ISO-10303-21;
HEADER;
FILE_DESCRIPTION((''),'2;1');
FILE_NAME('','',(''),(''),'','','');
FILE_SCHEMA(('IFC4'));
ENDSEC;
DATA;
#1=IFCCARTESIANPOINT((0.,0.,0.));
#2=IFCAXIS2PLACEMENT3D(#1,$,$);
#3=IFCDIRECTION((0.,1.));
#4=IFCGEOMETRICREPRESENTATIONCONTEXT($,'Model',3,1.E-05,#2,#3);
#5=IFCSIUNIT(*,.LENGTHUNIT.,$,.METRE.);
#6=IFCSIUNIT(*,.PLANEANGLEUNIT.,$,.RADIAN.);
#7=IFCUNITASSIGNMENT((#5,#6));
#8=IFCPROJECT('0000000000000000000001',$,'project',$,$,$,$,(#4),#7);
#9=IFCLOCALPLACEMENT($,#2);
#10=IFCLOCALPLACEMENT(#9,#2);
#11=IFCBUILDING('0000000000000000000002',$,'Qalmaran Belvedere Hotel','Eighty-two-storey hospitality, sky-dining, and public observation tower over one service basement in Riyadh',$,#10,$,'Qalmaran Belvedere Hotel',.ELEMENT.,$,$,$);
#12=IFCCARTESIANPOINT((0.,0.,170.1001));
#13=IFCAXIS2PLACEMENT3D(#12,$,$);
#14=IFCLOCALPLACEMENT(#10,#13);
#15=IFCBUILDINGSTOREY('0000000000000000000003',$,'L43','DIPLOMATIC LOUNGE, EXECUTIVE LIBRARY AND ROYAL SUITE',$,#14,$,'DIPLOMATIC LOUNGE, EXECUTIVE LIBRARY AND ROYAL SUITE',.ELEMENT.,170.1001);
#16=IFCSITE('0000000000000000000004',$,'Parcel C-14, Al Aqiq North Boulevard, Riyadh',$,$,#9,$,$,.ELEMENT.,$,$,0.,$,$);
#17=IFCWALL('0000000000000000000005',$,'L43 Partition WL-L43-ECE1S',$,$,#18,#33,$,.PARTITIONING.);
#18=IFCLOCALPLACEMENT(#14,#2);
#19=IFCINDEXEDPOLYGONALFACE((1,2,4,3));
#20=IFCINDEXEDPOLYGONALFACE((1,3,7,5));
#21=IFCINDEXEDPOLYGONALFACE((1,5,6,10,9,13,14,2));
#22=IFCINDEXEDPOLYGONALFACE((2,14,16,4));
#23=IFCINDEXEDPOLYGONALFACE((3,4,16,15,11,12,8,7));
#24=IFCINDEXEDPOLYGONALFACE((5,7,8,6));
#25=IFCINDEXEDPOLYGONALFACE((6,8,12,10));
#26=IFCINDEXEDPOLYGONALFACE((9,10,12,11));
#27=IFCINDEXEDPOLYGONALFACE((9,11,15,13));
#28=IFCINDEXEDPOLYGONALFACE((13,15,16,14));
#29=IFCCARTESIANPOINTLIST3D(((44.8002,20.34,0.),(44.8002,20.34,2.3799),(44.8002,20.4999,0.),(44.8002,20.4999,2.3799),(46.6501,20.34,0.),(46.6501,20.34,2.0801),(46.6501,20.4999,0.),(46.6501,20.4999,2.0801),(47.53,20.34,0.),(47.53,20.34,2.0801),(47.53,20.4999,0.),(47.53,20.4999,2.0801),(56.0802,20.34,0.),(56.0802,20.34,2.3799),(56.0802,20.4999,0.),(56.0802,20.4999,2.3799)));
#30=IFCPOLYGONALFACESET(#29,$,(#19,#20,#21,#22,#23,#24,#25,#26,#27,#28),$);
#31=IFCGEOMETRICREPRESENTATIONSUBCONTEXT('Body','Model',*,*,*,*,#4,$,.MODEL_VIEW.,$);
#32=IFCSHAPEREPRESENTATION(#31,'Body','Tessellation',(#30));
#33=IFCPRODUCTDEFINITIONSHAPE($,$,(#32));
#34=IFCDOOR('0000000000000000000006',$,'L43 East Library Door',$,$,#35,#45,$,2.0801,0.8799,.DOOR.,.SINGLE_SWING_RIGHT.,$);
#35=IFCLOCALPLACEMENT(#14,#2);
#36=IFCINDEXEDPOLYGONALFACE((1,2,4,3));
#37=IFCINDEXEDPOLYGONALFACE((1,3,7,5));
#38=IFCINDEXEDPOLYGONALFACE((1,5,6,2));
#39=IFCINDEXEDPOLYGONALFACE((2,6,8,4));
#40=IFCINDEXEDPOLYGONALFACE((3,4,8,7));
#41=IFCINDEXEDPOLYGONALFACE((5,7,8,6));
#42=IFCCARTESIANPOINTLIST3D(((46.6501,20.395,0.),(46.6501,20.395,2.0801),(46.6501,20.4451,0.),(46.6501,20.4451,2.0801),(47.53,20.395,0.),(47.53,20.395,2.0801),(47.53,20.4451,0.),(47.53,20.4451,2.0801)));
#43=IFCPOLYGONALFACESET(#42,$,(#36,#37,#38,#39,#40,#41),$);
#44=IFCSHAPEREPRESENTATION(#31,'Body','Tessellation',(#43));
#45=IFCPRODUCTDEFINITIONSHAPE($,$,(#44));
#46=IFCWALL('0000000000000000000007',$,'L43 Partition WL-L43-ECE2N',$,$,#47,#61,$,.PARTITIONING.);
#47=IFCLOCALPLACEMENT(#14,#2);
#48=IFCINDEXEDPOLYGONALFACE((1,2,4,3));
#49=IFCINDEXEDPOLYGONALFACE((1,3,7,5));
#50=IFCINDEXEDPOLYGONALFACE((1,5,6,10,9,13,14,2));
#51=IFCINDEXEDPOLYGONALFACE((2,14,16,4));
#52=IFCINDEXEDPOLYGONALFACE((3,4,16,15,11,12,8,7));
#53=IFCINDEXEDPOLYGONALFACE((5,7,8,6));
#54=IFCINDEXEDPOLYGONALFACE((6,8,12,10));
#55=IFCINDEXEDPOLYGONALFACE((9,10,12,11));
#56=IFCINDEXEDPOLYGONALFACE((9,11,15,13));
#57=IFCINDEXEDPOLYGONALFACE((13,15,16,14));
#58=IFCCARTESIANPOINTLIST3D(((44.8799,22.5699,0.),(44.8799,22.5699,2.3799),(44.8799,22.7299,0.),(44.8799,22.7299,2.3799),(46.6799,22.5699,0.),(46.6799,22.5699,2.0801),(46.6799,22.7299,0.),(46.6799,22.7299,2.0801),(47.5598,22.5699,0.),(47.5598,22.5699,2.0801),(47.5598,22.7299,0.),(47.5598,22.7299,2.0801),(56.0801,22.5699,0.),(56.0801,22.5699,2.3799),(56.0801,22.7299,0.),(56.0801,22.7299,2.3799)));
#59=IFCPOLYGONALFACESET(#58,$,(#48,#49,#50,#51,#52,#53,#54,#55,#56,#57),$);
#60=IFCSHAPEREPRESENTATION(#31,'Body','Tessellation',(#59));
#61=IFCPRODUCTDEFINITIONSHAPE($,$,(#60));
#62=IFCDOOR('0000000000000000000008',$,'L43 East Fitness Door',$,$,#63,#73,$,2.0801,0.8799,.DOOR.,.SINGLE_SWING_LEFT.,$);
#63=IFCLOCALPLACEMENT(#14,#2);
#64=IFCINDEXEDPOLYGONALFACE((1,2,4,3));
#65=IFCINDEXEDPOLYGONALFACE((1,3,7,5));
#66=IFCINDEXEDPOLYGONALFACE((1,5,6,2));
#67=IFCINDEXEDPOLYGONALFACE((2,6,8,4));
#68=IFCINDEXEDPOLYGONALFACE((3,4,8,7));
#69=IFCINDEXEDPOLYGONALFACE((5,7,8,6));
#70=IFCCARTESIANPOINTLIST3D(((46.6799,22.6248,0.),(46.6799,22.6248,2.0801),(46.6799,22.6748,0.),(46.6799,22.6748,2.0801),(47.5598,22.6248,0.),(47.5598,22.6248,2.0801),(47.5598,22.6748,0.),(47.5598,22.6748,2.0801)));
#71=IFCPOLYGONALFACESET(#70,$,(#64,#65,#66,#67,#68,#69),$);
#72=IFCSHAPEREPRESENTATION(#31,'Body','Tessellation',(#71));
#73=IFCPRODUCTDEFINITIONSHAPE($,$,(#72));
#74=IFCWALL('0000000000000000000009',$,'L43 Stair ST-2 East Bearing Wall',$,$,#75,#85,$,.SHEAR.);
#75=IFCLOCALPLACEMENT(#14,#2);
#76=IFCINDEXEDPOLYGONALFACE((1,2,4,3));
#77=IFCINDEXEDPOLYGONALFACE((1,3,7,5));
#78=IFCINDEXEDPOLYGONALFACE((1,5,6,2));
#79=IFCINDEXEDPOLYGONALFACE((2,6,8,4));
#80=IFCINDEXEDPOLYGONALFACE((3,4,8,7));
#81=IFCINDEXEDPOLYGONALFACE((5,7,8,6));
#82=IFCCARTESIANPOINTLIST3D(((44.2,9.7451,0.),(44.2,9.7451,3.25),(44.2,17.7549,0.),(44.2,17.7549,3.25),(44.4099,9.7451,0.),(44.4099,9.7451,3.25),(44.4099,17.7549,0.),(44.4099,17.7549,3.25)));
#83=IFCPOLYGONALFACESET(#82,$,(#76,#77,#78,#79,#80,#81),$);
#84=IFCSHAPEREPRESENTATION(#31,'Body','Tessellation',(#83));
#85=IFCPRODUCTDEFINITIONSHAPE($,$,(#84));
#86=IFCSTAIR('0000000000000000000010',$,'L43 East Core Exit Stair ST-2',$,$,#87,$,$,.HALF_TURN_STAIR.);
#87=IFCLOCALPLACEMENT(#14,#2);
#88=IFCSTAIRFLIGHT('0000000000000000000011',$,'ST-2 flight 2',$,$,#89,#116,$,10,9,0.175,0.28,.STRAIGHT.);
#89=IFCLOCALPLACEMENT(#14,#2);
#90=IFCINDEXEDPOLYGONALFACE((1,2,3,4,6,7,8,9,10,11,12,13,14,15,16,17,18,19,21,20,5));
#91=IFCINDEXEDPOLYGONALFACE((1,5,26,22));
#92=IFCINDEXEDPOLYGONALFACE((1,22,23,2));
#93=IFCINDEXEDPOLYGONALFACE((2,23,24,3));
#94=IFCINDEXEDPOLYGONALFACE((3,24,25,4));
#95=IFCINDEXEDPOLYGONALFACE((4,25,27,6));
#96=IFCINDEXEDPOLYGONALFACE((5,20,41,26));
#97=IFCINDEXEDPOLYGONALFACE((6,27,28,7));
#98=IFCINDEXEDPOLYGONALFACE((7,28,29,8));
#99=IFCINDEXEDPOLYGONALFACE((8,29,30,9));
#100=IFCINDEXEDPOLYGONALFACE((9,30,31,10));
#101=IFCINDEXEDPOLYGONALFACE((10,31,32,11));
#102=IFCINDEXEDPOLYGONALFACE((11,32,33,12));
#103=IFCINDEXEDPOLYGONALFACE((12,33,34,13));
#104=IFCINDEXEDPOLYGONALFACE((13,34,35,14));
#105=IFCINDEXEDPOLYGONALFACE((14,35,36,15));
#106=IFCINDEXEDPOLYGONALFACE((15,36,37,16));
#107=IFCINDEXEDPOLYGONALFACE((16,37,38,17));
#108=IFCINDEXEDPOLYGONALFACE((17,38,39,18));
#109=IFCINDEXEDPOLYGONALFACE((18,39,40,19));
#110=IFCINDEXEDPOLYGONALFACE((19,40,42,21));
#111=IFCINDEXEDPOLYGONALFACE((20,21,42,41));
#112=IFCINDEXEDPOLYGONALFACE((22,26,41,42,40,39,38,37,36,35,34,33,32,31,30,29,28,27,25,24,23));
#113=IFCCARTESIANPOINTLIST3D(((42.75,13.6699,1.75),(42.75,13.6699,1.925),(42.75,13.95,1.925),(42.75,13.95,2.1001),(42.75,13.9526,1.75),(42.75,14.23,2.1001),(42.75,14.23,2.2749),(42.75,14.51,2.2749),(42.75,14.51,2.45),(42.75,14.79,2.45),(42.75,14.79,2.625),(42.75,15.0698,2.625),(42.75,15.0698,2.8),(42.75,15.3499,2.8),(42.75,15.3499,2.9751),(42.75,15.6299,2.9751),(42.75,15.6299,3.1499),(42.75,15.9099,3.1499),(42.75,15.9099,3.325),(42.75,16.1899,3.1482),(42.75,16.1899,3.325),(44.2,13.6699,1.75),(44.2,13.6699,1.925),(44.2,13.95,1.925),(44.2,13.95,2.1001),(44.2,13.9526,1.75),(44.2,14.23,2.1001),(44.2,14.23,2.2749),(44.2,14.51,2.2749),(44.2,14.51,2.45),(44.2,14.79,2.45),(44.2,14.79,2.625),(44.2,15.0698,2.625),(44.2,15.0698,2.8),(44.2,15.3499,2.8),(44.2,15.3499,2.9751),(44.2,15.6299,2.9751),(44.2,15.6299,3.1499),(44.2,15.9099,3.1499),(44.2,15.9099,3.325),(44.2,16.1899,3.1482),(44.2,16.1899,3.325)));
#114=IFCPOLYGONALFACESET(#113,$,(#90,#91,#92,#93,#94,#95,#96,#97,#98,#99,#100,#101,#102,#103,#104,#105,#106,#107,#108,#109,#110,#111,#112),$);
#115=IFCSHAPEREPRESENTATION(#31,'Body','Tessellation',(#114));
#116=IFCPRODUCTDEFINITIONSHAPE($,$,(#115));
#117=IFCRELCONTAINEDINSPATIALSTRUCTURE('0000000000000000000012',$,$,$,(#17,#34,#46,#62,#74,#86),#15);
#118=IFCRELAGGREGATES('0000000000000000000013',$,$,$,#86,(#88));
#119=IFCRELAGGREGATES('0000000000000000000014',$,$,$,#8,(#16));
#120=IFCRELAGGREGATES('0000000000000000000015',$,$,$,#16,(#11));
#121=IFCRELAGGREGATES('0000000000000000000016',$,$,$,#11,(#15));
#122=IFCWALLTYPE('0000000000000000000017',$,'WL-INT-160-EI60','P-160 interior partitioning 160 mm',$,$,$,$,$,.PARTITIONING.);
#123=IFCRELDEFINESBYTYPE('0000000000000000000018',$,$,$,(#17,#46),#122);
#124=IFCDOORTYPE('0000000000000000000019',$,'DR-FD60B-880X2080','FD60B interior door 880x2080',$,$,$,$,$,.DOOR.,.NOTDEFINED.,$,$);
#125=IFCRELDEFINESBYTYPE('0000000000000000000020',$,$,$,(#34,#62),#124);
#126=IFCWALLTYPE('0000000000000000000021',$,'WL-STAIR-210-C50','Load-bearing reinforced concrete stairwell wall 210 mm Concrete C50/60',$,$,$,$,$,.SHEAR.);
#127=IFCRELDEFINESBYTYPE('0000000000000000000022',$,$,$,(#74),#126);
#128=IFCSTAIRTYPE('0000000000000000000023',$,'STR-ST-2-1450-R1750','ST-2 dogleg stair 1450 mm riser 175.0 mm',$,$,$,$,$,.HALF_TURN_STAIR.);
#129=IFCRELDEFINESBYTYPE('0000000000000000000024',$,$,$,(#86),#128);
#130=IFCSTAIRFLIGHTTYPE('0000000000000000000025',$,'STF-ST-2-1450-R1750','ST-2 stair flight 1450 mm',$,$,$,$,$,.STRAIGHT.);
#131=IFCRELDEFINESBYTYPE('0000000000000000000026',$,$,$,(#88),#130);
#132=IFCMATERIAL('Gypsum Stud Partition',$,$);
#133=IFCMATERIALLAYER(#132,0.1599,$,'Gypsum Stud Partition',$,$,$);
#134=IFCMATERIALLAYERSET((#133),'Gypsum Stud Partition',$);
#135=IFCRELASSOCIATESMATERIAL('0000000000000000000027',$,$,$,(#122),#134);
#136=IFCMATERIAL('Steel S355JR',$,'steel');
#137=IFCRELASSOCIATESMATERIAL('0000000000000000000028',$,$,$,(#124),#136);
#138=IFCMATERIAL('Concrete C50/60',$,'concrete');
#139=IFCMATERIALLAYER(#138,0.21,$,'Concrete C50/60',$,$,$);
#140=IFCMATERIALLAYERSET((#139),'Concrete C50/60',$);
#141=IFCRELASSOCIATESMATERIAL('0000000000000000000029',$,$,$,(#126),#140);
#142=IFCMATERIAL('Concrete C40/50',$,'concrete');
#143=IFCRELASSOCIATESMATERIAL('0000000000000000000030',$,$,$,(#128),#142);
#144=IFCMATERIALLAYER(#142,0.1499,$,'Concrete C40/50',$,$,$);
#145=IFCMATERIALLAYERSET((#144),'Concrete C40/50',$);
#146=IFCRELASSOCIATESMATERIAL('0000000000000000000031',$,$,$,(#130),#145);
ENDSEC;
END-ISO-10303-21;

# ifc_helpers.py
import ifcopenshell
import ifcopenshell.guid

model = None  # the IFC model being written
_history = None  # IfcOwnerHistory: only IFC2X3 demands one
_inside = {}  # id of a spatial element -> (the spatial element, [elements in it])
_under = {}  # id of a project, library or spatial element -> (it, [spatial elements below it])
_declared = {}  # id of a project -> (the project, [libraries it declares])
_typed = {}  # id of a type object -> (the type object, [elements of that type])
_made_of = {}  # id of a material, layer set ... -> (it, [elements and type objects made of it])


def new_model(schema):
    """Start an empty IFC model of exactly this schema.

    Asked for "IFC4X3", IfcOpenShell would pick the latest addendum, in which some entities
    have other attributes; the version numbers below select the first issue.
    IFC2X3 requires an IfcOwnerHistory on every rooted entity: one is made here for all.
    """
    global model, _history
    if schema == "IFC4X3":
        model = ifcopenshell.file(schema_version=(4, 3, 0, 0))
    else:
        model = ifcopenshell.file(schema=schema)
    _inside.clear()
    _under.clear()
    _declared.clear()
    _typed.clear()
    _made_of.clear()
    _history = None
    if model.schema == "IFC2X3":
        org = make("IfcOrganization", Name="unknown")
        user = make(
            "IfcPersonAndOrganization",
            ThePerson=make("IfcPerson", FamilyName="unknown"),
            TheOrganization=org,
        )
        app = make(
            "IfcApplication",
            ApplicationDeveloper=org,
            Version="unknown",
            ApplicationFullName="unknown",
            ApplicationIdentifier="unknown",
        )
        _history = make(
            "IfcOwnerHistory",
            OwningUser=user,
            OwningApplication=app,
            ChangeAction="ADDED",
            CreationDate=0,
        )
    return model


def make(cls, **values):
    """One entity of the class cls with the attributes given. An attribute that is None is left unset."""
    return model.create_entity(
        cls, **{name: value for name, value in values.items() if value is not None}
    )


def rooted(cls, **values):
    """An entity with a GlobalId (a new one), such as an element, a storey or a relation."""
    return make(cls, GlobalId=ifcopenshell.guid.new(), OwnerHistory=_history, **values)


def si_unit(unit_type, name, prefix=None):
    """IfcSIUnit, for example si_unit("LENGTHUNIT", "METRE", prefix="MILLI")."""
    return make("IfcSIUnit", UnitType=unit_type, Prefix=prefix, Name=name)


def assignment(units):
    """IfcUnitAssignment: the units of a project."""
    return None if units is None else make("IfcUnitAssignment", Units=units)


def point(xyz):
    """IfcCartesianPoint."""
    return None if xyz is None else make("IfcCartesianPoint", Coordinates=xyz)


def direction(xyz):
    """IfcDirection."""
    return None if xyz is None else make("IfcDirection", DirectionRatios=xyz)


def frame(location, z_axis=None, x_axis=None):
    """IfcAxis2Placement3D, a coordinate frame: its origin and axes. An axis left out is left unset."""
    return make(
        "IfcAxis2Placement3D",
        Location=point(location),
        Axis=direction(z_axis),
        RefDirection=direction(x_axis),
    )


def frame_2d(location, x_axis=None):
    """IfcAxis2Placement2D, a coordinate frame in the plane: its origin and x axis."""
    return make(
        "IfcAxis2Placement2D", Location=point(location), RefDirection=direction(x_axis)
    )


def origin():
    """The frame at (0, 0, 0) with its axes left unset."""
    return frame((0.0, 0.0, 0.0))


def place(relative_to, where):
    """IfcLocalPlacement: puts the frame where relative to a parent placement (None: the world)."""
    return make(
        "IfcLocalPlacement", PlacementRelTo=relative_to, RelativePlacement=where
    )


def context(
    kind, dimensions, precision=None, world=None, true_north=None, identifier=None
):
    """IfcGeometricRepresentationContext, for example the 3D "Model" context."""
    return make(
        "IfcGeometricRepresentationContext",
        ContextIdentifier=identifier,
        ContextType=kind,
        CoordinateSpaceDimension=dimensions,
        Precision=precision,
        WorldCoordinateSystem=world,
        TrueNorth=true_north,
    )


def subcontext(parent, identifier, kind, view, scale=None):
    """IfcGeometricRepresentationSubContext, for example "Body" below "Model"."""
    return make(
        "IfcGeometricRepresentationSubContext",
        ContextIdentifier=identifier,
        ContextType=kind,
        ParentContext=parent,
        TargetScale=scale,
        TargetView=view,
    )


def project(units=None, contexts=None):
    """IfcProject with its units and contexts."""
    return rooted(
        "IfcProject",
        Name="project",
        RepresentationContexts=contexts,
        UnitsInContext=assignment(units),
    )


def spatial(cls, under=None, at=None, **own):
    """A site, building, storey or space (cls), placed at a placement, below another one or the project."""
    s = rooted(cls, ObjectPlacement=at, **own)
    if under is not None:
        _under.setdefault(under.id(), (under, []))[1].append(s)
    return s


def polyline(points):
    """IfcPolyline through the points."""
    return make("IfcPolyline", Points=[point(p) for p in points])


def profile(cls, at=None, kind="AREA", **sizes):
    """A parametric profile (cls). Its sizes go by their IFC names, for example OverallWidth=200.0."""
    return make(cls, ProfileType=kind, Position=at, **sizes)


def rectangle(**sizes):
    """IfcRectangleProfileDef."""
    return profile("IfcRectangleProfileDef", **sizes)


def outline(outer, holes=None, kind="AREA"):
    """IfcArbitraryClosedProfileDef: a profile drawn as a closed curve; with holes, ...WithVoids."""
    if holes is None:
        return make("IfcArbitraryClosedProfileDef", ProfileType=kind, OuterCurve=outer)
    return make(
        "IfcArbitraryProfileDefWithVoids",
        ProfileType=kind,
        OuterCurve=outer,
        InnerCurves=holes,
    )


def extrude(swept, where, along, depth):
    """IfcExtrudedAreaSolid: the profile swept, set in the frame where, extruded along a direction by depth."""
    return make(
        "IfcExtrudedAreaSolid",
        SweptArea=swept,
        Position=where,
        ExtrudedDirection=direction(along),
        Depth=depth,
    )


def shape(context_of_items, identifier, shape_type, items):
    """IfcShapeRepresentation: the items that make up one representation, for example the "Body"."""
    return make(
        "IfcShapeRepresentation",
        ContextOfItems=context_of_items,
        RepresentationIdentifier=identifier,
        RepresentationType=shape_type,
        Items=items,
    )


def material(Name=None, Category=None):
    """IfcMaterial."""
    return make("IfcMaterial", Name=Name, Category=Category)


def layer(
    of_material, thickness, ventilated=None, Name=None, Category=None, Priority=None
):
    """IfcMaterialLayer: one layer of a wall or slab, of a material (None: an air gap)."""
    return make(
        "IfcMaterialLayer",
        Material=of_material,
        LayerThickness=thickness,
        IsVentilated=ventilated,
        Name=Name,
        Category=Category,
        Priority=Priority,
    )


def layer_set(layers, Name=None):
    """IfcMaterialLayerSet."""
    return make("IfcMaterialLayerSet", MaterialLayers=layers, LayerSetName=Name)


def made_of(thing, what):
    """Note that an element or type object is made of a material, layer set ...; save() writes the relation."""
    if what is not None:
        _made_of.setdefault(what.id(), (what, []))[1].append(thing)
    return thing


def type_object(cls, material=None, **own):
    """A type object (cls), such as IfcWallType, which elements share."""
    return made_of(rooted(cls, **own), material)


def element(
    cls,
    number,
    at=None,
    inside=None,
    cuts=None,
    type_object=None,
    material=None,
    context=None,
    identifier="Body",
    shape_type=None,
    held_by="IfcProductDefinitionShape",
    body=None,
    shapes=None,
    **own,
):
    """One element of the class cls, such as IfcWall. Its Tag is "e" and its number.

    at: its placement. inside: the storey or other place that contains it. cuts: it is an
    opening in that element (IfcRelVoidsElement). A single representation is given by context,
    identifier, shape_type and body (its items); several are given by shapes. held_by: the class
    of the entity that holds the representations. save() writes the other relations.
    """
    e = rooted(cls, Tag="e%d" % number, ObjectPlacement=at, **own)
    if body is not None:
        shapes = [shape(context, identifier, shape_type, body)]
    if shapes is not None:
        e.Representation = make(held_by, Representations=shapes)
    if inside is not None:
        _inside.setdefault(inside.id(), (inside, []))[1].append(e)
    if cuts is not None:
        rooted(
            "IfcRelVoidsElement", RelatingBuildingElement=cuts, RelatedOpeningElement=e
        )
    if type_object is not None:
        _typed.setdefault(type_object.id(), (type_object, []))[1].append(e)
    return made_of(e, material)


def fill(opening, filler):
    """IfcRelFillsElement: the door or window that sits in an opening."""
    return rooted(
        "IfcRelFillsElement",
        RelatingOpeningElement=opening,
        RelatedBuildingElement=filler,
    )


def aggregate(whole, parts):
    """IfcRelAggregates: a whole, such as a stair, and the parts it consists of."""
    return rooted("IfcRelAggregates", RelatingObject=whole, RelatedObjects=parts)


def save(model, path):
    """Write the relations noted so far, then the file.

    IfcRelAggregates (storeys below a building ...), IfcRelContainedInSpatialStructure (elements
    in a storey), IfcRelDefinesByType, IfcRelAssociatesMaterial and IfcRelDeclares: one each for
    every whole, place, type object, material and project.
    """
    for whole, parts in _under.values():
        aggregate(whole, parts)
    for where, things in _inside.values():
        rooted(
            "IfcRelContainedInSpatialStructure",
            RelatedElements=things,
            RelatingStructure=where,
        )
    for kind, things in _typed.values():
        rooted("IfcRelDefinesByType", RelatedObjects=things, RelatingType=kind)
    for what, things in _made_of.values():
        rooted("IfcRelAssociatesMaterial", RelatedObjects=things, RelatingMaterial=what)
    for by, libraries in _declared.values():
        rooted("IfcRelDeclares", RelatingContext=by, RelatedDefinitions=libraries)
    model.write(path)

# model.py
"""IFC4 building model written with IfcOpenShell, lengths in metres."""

from ifc_helpers import new_model, si_unit, direction, frame, frame_2d, origin, place, context, subcontext, project, spatial, polyline, rectangle, outline, extrude, material, layer, layer_set, type_object, element, fill, aggregate, save


model = new_model("IFC4")

# Units and contexts
model_context = context("Model", 3, precision=1e-05, world=origin(), true_north=direction((0.0, 1.0)))
body_context = subcontext(model_context, "Body", "Model", "MODEL_VIEW")
ifc_project = project(units=[si_unit("LENGTHUNIT", "METRE"), si_unit("PLANEANGLEUNIT", "RADIAN")], contexts=[model_context])

# Site, building, storey
site_placement = place(None, origin())
site = spatial("IfcSite", under=ifc_project, at=site_placement, Name="Parcel C-14, Al Aqiq North Boulevard, Riyadh", CompositionType="ELEMENT", RefElevation=0.0)
building_placement = place(site_placement, origin())
building = spatial("IfcBuilding", under=site, at=building_placement, Name="Qalmaran Belvedere Hotel", Description="Eighty-two-storey hospitality, sky-dining, and public observation tower over one service basement in Riyadh", LongName="Qalmaran Belvedere Hotel", CompositionType="ELEMENT")
storey_placement = place(building_placement, frame((0.0, 0.0, 170.1001)))
storey = spatial("IfcBuildingStorey", under=building, at=storey_placement, Name="L43", Description="DIPLOMATIC LOUNGE, EXECUTIVE LIBRARY AND ROYAL SUITE", LongName="DIPLOMATIC LOUNGE, EXECUTIVE LIBRARY AND ROYAL SUITE", CompositionType="ELEMENT", Elevation=170.1001)

# Shared definitions
ifc_material_1 = material(Name="Concrete C50/60", Category="concrete")

# Shared definitions
ifc_material_2 = material(Name="Steel S355JR", Category="steel")

# Walls, openings, doors
ifc_material_3 = material(Name="Gypsum Stud Partition")
ifc_layer_1 = layer(ifc_material_3, 0.1599, Name="Gypsum Stud Partition")
ifc_layer_set_1 = layer_set([ifc_layer_1], Name="Gypsum Stud Partition")
wall_type_1 = type_object("IfcWallType", Name="WL-INT-160-EI60", Description="P-160 interior partitioning 160 mm", PredefinedType="PARTITIONING", material=ifc_layer_set_1)
wall_1_placement = place(storey_placement, frame((44.8, 20.4199, 0.0), z_axis=(0.0, 0.0, 1.0), x_axis=(1.0, 0.0, 0.0)))
wall_1 = element("IfcWall", 1, at=wall_1_placement, inside=storey, type_object=wall_type_1, Name="L43 Partition WL-L43-ECE1S", PredefinedType="PARTITIONING", context=body_context, shape_type="SweptSolid", body=[
    extrude(rectangle(XDim=11.28, YDim=0.1599, at=frame_2d((5.6401, 0.0))), origin(), (0.0, 0.0, 1.0), 2.3799),
])
opening_1_placement = place(wall_1_placement, frame((2.73, 0.0, 0.0), z_axis=(0.0, 0.0, 1.0), x_axis=(-1.0, 0.0, 0.0)))
opening_1 = element("IfcOpeningElement", 2, at=opening_1_placement, cuts=wall_1, PredefinedType="OPENING", context=body_context, shape_type="SweptSolid", body=[
    extrude(rectangle(XDim=0.8799, YDim=2.0801, at=frame_2d((0.4399, 1.04))), frame((0.0, 0.0898, 0.0), z_axis=(0.0, -1.0, 0.0), x_axis=(1.0, 0.0, 0.0)), (0.0, 0.0, 1.0), 0.1799),
])
door_type = type_object("IfcDoorType", Name="DR-FD60B-880X2080", Description="FD60B interior door 880x2080", OperationType="NOTDEFINED", PredefinedType="DOOR", material=ifc_material_2)
door_1_placement = place(opening_1_placement, origin())
door_1 = element("IfcDoor", 3, at=door_1_placement, inside=storey, type_object=door_type, Name="L43 East Library Door", OperationType="SINGLE_SWING_RIGHT", OverallHeight=2.0801, OverallWidth=0.8799, PredefinedType="DOOR", context=body_context, shape_type="SweptSolid", body=[
    extrude(rectangle(XDim=0.8799, YDim=2.0801, at=frame_2d((0.4399, 1.04))), frame((0.0, 0.0249, 0.0), z_axis=(0.0, -1.0, 0.0), x_axis=(1.0, 0.0, 0.0)), (0.0, 0.0, 1.0), 0.05),
])
fill(opening_1, door_1)
wall_2_placement = place(storey_placement, frame((44.8799, 22.6499, 0.0), z_axis=(0.0, 0.0, 1.0), x_axis=(1.0, 0.0, 0.0)))
wall_2 = element("IfcWall", 4, at=wall_2_placement, inside=storey, type_object=wall_type_1, Name="L43 Partition WL-L43-ECE2N", PredefinedType="PARTITIONING", context=body_context, shape_type="SweptSolid", body=[
    extrude(rectangle(XDim=11.2002, YDim=0.1599, at=frame_2d((5.6001, 0.0))), origin(), (0.0, 0.0, 1.0), 2.3799),
])
opening_2_placement = place(wall_2_placement, frame((1.8, 0.0, 0.0)))
opening_2 = element("IfcOpeningElement", 5, at=opening_2_placement, cuts=wall_2, PredefinedType="OPENING", context=body_context, shape_type="SweptSolid", body=[
    extrude(rectangle(XDim=0.8799, YDim=2.0801, at=frame_2d((0.4399, 1.04))), frame((0.0, 0.0898, 0.0), z_axis=(0.0, -1.0, 0.0), x_axis=(1.0, 0.0, 0.0)), (0.0, 0.0, 1.0), 0.1799),
])
door_2_placement = place(opening_2_placement, origin())
door_2 = element("IfcDoor", 6, at=door_2_placement, inside=storey, type_object=door_type, Name="L43 East Fitness Door", OperationType="SINGLE_SWING_LEFT", OverallHeight=2.0801, OverallWidth=0.8799, PredefinedType="DOOR", context=body_context, shape_type="SweptSolid", body=[
    extrude(rectangle(XDim=0.8799, YDim=2.0801, at=frame_2d((0.4399, 1.04))), frame((0.0, 0.0249, 0.0), z_axis=(0.0, -1.0, 0.0), x_axis=(1.0, 0.0, 0.0)), (0.0, 0.0, 1.0), 0.05),
])
fill(opening_2, door_2)

# Wall
ifc_layer_2 = layer(ifc_material_1, 0.21, Name="Concrete C50/60")
ifc_layer_set_2 = layer_set([ifc_layer_2], Name="Concrete C50/60")
wall_type_2 = type_object("IfcWallType", Name="WL-STAIR-210-C50", Description="Load-bearing reinforced concrete stairwell wall 210 mm Concrete C50/60", PredefinedType="SHEAR", material=ifc_layer_set_2)
wall_3_placement = place(storey_placement, frame((44.3049, 9.7451, 0.0), z_axis=(0.0, 0.0, 1.0), x_axis=(0.0, 1.0, 0.0)))
element("IfcWall", 7, at=wall_3_placement, inside=storey, type_object=wall_type_2, Name="L43 Stair ST-2 East Bearing Wall", PredefinedType="SHEAR", context=body_context, shape_type="SweptSolid", body=[
    extrude(rectangle(XDim=8.0098, YDim=0.21, at=frame_2d((4.0049, 0.0))), origin(), (0.0, 0.0, 1.0), 3.25),
])

# Stair, stair flight
ifc_material_4 = material(Name="Concrete C40/50", Category="concrete")
stair_type = type_object("IfcStairType", Name="STR-ST-2-1450-R1750", Description="ST-2 dogleg stair 1450 mm riser 175.0 mm", PredefinedType="HALF_TURN_STAIR", material=ifc_material_4)
stair_placement = place(storey_placement, origin())
stair = element("IfcStair", 8, at=stair_placement, inside=storey, type_object=stair_type, Name="L43 East Core Exit Stair ST-2", PredefinedType="HALF_TURN_STAIR")
ifc_layer_3 = layer(ifc_material_4, 0.1499, Name="Concrete C40/50")
ifc_layer_set_3 = layer_set([ifc_layer_3], Name="Concrete C40/50")
stair_flight_type = type_object("IfcStairFlightType", Name="STF-ST-2-1450-R1750", Description="ST-2 stair flight 1450 mm", PredefinedType="STRAIGHT", material=ifc_layer_set_3)
stair_flight_placement = place(storey_placement, frame((43.4751, 13.6699, 1.75), z_axis=(0.0, 0.0, 1.0), x_axis=(0.0, 1.0, 0.0)))
stair_flight = element("IfcStairFlight", 9, at=stair_flight_placement, type_object=stair_flight_type, Name="ST-2 flight 2", NumberOfRisers=10, NumberOfTreads=9, PredefinedType="STRAIGHT", RiserHeight=0.175, TreadLength=0.28, context=body_context, shape_type="SweptSolid", body=[
    extrude(outline(polyline([(0.0, 0.0), (0.0, 0.175), (0.28, 0.175), (0.28, 0.3501), (0.5601, 0.3501), (0.5601, 0.5249), (0.8401, 0.5249), (0.8401, 0.7), (1.1201, 0.7), (1.1201, 0.875), (1.3999, 0.875), (1.3999, 1.05), (1.6799, 1.05), (1.6799, 1.2251), (1.96, 1.2251), (1.96, 1.3999), (2.24, 1.3999), (2.24, 1.575), (2.52, 1.575), (2.52, 1.75), (2.52, 1.3982), (0.2827, 0.0), (0.0, 0.0)])), frame((0.0, 0.7251, 0.0), z_axis=(0.0, -1.0, 0.0), x_axis=(1.0, 0.0, 0.0)), (0.0, 0.0, 1.0), 1.45),
])
aggregate(stair, [stair_flight])

save(model, "model.ifc")
